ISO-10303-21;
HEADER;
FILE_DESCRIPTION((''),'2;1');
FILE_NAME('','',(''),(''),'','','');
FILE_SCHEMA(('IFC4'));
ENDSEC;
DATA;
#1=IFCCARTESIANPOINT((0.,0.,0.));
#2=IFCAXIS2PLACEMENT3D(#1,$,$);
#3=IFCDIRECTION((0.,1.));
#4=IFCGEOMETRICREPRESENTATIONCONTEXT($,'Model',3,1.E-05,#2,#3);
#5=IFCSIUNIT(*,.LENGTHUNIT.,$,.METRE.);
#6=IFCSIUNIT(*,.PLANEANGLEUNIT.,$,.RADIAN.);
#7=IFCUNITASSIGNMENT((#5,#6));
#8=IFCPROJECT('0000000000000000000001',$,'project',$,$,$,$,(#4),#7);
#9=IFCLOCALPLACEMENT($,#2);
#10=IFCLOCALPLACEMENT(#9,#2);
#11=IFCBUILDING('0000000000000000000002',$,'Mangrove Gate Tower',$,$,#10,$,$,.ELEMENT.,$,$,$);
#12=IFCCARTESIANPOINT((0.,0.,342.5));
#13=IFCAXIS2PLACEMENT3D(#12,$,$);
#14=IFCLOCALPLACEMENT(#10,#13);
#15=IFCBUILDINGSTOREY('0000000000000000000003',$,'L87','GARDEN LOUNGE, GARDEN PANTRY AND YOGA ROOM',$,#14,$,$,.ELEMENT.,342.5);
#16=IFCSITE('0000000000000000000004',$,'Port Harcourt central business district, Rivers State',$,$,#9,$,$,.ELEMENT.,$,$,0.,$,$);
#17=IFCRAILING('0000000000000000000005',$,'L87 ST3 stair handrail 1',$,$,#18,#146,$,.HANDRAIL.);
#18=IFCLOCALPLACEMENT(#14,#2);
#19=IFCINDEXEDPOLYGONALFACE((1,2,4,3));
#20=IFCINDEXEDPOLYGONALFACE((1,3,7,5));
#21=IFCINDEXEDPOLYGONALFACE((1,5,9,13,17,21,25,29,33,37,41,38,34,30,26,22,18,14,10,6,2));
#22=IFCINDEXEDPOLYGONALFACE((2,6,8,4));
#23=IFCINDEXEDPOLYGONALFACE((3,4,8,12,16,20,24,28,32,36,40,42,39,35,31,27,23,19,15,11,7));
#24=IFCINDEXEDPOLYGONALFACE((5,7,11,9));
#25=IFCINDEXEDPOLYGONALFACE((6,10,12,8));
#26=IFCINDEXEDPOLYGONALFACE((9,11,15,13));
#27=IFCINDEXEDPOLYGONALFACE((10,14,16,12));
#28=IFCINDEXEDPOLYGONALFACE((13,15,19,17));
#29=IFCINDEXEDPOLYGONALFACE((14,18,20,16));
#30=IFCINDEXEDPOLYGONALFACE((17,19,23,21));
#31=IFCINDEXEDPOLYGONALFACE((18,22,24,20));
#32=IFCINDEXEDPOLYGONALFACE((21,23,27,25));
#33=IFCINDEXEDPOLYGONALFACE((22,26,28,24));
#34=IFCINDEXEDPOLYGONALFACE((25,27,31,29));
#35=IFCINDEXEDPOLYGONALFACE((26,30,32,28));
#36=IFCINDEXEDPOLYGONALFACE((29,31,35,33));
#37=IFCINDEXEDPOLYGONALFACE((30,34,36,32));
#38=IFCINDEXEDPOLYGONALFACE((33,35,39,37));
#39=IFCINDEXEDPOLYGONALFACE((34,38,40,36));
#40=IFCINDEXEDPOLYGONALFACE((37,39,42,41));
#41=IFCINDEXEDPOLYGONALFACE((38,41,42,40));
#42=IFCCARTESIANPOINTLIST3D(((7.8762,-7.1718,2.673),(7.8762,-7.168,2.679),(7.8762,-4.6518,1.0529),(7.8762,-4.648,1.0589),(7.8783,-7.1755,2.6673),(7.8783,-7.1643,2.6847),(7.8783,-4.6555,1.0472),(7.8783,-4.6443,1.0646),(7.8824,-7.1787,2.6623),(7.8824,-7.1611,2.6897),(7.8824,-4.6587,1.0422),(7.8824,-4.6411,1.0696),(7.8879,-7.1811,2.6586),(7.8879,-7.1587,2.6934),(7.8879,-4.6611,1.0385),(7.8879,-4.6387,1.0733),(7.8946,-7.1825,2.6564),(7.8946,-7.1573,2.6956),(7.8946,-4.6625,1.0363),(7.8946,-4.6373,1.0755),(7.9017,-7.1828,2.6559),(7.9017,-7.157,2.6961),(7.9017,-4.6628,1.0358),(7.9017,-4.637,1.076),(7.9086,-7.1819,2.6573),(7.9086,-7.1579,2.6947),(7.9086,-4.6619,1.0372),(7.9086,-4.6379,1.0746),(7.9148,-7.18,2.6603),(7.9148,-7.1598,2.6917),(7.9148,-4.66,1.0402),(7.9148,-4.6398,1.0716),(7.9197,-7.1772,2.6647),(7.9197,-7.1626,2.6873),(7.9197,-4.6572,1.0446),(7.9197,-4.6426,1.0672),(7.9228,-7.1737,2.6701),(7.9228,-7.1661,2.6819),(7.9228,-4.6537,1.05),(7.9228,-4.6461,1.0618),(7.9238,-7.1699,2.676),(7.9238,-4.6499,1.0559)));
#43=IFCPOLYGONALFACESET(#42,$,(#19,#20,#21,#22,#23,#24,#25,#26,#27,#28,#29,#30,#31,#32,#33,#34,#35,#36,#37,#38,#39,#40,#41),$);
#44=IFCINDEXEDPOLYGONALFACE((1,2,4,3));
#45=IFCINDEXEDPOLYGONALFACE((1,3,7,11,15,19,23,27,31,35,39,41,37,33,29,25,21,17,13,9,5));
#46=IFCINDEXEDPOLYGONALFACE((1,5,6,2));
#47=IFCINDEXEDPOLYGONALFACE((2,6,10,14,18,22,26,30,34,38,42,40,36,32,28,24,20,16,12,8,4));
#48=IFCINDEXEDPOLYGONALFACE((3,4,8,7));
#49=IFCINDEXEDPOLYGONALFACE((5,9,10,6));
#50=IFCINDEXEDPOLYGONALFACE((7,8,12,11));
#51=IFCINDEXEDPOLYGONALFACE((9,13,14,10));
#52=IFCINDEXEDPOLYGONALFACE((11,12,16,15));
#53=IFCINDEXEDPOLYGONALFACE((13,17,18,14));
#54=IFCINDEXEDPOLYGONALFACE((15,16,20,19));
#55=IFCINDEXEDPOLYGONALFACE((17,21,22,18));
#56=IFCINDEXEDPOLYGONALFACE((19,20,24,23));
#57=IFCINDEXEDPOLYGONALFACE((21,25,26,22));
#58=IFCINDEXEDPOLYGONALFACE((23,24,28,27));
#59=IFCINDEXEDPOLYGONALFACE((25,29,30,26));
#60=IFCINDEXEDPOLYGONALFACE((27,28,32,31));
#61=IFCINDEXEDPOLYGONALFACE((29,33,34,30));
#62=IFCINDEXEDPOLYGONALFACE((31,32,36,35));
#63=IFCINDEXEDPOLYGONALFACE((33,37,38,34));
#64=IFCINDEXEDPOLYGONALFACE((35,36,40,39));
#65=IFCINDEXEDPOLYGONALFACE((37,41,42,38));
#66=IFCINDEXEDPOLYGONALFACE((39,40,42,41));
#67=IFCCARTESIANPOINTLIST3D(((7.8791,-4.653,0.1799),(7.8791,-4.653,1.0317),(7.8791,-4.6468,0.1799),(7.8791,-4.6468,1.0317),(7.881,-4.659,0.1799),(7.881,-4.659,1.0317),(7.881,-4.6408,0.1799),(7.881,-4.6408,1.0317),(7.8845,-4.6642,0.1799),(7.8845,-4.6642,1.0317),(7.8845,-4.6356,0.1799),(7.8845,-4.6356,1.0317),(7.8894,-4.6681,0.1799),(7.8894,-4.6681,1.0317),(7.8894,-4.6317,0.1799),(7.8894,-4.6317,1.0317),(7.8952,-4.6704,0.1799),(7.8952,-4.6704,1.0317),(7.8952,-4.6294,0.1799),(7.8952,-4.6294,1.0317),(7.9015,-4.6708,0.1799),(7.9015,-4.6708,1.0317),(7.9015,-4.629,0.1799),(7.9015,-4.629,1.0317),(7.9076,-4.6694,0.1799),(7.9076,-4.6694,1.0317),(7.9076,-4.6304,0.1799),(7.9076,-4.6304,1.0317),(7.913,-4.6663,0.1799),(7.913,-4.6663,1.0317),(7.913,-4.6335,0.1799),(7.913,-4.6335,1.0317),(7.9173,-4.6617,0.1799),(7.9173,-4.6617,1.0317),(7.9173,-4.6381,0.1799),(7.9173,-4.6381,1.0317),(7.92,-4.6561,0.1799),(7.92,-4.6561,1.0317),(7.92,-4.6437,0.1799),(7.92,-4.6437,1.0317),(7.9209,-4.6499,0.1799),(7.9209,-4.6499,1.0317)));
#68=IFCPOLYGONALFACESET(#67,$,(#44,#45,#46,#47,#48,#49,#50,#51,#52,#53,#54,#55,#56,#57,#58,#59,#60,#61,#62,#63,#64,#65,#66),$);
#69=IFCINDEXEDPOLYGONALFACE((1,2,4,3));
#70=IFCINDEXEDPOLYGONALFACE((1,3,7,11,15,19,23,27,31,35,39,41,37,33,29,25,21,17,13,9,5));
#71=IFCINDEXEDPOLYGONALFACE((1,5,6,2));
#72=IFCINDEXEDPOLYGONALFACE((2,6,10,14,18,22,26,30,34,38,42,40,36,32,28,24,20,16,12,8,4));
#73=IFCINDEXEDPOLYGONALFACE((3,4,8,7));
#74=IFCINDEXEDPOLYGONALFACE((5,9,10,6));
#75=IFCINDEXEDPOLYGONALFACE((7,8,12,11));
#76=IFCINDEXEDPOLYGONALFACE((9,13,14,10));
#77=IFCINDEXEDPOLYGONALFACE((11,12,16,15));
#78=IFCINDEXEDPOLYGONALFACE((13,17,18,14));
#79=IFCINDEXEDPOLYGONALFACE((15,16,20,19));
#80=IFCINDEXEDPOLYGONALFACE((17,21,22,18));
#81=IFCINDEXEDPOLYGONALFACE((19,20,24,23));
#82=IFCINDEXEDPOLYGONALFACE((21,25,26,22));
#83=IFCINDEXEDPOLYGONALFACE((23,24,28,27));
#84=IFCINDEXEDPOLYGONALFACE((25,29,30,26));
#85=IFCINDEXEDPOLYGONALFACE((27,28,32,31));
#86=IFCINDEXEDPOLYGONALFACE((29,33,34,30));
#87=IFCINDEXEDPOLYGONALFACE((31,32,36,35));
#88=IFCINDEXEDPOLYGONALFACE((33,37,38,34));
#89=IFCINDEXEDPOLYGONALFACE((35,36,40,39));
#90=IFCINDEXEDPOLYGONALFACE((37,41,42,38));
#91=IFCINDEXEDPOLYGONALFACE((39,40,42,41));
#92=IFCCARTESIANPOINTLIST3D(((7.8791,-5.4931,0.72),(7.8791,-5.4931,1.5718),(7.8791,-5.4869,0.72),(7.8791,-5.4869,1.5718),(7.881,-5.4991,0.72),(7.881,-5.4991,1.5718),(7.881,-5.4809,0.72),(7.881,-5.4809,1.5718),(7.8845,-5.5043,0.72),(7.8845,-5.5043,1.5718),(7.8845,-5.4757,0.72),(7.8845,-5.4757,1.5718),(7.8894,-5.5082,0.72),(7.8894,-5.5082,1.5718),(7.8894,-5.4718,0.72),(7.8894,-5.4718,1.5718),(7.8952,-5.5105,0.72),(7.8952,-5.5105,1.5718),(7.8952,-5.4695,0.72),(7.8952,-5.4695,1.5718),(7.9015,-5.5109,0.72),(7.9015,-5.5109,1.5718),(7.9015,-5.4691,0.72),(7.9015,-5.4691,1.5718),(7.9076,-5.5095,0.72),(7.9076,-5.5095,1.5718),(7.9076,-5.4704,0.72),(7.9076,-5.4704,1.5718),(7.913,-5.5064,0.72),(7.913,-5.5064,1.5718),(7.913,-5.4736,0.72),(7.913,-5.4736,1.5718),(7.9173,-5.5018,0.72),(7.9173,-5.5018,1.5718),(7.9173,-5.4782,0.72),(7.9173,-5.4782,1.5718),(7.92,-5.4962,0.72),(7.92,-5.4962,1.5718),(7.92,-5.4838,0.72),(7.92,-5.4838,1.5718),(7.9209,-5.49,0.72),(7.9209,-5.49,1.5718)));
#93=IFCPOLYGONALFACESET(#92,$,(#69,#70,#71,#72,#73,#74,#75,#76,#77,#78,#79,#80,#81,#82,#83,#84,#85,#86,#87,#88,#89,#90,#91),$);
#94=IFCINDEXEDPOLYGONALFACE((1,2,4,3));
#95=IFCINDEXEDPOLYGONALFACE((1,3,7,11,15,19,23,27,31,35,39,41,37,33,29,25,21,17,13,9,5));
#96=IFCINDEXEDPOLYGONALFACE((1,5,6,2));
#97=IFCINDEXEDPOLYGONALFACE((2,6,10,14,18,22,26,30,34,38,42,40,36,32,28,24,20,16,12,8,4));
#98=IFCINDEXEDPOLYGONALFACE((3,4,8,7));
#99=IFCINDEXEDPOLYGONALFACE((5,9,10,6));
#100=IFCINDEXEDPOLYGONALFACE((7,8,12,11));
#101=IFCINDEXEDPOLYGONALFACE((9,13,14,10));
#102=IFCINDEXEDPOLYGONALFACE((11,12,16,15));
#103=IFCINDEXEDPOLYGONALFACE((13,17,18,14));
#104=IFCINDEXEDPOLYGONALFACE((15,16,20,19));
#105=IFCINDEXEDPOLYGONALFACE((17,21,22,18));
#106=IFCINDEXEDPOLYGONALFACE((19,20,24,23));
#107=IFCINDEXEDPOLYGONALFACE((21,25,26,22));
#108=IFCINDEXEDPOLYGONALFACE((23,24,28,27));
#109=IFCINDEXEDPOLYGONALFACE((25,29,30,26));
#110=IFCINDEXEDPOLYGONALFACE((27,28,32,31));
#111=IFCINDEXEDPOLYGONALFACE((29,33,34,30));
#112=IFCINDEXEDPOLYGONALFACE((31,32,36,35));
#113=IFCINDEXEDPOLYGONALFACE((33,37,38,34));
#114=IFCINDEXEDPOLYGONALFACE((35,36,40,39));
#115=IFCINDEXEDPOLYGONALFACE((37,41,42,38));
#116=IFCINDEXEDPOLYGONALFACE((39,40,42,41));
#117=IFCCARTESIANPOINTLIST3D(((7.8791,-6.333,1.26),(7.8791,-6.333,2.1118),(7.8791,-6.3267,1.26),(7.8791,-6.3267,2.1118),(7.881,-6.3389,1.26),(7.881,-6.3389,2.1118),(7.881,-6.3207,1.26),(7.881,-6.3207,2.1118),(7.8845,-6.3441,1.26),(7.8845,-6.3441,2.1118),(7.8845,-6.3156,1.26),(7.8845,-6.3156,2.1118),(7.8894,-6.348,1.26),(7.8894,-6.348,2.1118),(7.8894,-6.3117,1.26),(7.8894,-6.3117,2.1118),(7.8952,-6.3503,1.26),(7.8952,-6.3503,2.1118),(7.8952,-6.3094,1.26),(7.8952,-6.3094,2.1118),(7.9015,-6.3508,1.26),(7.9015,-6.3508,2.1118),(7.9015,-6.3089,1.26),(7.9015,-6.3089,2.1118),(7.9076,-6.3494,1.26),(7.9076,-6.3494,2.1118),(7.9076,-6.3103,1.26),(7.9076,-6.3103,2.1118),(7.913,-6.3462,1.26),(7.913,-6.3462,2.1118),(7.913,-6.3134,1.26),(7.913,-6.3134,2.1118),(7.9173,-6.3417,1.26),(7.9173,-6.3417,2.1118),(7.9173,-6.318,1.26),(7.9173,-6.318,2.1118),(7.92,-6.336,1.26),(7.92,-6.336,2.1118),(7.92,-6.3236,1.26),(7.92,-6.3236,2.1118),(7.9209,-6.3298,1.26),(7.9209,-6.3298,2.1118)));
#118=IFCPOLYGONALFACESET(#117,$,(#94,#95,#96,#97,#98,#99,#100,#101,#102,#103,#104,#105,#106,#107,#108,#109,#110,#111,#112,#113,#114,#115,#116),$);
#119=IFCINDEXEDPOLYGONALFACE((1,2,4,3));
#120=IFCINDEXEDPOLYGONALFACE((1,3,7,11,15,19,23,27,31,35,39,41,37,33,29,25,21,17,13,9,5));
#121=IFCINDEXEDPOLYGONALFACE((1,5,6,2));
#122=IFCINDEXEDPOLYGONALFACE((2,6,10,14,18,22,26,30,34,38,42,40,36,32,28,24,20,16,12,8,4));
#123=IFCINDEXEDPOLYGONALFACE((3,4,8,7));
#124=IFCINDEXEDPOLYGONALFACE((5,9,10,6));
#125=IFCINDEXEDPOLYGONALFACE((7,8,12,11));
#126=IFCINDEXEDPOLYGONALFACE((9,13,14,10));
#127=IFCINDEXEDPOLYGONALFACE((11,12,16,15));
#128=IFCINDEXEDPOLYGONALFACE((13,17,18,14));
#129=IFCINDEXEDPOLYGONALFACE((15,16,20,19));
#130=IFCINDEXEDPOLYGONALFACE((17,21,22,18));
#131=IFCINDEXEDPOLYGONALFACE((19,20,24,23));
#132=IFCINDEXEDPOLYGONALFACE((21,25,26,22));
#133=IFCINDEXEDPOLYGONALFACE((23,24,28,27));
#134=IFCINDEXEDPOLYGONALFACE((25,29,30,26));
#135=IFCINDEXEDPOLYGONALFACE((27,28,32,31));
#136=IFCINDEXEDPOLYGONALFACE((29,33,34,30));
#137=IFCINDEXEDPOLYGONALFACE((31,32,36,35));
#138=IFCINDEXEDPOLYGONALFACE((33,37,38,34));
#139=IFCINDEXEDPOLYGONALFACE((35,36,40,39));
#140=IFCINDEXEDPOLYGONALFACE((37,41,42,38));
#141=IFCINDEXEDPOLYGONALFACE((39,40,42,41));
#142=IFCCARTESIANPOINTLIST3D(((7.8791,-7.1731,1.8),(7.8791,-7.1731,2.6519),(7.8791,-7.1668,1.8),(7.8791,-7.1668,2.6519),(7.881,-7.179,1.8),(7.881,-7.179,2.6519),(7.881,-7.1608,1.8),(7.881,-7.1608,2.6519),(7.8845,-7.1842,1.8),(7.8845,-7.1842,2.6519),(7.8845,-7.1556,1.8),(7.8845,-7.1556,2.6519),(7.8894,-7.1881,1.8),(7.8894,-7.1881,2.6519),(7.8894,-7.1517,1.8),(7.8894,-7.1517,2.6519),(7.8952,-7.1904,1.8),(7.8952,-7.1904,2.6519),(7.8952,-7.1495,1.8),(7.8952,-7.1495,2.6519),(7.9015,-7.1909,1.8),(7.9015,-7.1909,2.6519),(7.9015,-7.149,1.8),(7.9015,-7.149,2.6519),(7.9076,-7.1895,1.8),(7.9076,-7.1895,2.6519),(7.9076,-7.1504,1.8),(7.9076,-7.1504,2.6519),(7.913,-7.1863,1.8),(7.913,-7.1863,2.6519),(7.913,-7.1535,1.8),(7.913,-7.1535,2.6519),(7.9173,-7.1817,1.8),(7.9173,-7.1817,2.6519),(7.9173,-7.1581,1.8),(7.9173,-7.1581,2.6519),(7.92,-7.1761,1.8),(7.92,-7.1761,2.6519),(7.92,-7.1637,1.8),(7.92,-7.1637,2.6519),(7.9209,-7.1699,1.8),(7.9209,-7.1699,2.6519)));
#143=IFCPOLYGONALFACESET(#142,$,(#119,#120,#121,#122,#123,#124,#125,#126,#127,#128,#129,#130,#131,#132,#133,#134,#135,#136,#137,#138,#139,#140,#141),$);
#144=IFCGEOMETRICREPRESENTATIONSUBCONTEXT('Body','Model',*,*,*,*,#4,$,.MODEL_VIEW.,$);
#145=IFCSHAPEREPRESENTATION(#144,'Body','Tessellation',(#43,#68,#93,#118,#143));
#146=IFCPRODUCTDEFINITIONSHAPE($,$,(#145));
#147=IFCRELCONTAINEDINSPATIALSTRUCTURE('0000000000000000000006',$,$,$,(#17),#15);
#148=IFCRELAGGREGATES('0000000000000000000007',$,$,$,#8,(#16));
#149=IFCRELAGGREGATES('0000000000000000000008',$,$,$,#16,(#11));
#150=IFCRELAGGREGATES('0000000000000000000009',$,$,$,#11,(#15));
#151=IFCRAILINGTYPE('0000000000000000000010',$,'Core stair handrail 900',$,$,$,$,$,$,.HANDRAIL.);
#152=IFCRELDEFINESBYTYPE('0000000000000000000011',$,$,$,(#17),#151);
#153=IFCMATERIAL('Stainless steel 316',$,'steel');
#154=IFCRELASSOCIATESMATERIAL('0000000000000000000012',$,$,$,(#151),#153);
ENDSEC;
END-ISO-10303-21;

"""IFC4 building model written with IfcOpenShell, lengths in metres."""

from ifc_helpers import new_model, si_unit, direction, frame, origin, origin_2d, place, context, subcontext, project, spatial, circle, extrude, material, type_object, element, save


model = new_model("IFC4")

# Units and contexts
model_context = context("Model", 3, precision=1e-05, world=origin(), true_north=direction((0.0, 1.0)))
body_context = subcontext(model_context, "Body", "Model", "MODEL_VIEW")
ifc_project = project(units=[si_unit("LENGTHUNIT", "METRE"), si_unit("PLANEANGLEUNIT", "RADIAN")], contexts=[model_context])

# Site, building, storey
site_placement = place(None, origin())
site = spatial("IfcSite", under=ifc_project, at=site_placement, Name="Port Harcourt central business district, Rivers State", CompositionType="ELEMENT", RefElevation=0.0)
building_placement = place(site_placement, origin())
building = spatial("IfcBuilding", under=site, at=building_placement, Name="Mangrove Gate Tower", CompositionType="ELEMENT")
storey_placement = place(building_placement, frame((0.0, 0.0, 342.5)))
storey = spatial("IfcBuildingStorey", under=building, at=storey_placement, Name="L87", Description="GARDEN LOUNGE, GARDEN PANTRY AND YOGA ROOM", CompositionType="ELEMENT", Elevation=342.5)

# Railing
ifc_material_1 = material(Name="Stainless steel 316", Category="steel")
railing_type_1 = type_object("IfcRailingType", Name="Core stair handrail 900", PredefinedType="HANDRAIL", material=ifc_material_1)
railing_1_placement = place(storey_placement, frame((7.8999, -4.6499, 0.1799)))
element("IfcRailing", 1, at=railing_1_placement, inside=storey, type_object=railing_type_1, Name="L87 ST3 stair handrail 1", PredefinedType="HANDRAIL", context=body_context, shape_type="SweptSolid", body=[
    extrude(circle(Radius=0.0239, at=origin_2d()), frame((0.0, 0.0, 0.876), z_axis=(0.0, -0.841163, 0.540782), x_axis=(1.0, 0.0, 0.0)), (0.0, 0.0, 1.0), 2.9958),
    extrude(circle(Radius=0.021, at=origin_2d()), origin(), (0.0, 0.0, 1.0), 0.8518),
    extrude(circle(Radius=0.021, at=origin_2d()), frame((0.0, -0.8401, 0.54)), (0.0, 0.0, 1.0), 0.8518),
    extrude(circle(Radius=0.021, at=origin_2d()), frame((0.0, -1.6799, 1.0801)), (0.0, 0.0, 1.0), 0.8518),
    extrude(circle(Radius=0.021, at=origin_2d()), frame((0.0, -2.52, 1.6201)), (0.0, 0.0, 1.0), 0.8518),
])

save(model, "model.ifc")
